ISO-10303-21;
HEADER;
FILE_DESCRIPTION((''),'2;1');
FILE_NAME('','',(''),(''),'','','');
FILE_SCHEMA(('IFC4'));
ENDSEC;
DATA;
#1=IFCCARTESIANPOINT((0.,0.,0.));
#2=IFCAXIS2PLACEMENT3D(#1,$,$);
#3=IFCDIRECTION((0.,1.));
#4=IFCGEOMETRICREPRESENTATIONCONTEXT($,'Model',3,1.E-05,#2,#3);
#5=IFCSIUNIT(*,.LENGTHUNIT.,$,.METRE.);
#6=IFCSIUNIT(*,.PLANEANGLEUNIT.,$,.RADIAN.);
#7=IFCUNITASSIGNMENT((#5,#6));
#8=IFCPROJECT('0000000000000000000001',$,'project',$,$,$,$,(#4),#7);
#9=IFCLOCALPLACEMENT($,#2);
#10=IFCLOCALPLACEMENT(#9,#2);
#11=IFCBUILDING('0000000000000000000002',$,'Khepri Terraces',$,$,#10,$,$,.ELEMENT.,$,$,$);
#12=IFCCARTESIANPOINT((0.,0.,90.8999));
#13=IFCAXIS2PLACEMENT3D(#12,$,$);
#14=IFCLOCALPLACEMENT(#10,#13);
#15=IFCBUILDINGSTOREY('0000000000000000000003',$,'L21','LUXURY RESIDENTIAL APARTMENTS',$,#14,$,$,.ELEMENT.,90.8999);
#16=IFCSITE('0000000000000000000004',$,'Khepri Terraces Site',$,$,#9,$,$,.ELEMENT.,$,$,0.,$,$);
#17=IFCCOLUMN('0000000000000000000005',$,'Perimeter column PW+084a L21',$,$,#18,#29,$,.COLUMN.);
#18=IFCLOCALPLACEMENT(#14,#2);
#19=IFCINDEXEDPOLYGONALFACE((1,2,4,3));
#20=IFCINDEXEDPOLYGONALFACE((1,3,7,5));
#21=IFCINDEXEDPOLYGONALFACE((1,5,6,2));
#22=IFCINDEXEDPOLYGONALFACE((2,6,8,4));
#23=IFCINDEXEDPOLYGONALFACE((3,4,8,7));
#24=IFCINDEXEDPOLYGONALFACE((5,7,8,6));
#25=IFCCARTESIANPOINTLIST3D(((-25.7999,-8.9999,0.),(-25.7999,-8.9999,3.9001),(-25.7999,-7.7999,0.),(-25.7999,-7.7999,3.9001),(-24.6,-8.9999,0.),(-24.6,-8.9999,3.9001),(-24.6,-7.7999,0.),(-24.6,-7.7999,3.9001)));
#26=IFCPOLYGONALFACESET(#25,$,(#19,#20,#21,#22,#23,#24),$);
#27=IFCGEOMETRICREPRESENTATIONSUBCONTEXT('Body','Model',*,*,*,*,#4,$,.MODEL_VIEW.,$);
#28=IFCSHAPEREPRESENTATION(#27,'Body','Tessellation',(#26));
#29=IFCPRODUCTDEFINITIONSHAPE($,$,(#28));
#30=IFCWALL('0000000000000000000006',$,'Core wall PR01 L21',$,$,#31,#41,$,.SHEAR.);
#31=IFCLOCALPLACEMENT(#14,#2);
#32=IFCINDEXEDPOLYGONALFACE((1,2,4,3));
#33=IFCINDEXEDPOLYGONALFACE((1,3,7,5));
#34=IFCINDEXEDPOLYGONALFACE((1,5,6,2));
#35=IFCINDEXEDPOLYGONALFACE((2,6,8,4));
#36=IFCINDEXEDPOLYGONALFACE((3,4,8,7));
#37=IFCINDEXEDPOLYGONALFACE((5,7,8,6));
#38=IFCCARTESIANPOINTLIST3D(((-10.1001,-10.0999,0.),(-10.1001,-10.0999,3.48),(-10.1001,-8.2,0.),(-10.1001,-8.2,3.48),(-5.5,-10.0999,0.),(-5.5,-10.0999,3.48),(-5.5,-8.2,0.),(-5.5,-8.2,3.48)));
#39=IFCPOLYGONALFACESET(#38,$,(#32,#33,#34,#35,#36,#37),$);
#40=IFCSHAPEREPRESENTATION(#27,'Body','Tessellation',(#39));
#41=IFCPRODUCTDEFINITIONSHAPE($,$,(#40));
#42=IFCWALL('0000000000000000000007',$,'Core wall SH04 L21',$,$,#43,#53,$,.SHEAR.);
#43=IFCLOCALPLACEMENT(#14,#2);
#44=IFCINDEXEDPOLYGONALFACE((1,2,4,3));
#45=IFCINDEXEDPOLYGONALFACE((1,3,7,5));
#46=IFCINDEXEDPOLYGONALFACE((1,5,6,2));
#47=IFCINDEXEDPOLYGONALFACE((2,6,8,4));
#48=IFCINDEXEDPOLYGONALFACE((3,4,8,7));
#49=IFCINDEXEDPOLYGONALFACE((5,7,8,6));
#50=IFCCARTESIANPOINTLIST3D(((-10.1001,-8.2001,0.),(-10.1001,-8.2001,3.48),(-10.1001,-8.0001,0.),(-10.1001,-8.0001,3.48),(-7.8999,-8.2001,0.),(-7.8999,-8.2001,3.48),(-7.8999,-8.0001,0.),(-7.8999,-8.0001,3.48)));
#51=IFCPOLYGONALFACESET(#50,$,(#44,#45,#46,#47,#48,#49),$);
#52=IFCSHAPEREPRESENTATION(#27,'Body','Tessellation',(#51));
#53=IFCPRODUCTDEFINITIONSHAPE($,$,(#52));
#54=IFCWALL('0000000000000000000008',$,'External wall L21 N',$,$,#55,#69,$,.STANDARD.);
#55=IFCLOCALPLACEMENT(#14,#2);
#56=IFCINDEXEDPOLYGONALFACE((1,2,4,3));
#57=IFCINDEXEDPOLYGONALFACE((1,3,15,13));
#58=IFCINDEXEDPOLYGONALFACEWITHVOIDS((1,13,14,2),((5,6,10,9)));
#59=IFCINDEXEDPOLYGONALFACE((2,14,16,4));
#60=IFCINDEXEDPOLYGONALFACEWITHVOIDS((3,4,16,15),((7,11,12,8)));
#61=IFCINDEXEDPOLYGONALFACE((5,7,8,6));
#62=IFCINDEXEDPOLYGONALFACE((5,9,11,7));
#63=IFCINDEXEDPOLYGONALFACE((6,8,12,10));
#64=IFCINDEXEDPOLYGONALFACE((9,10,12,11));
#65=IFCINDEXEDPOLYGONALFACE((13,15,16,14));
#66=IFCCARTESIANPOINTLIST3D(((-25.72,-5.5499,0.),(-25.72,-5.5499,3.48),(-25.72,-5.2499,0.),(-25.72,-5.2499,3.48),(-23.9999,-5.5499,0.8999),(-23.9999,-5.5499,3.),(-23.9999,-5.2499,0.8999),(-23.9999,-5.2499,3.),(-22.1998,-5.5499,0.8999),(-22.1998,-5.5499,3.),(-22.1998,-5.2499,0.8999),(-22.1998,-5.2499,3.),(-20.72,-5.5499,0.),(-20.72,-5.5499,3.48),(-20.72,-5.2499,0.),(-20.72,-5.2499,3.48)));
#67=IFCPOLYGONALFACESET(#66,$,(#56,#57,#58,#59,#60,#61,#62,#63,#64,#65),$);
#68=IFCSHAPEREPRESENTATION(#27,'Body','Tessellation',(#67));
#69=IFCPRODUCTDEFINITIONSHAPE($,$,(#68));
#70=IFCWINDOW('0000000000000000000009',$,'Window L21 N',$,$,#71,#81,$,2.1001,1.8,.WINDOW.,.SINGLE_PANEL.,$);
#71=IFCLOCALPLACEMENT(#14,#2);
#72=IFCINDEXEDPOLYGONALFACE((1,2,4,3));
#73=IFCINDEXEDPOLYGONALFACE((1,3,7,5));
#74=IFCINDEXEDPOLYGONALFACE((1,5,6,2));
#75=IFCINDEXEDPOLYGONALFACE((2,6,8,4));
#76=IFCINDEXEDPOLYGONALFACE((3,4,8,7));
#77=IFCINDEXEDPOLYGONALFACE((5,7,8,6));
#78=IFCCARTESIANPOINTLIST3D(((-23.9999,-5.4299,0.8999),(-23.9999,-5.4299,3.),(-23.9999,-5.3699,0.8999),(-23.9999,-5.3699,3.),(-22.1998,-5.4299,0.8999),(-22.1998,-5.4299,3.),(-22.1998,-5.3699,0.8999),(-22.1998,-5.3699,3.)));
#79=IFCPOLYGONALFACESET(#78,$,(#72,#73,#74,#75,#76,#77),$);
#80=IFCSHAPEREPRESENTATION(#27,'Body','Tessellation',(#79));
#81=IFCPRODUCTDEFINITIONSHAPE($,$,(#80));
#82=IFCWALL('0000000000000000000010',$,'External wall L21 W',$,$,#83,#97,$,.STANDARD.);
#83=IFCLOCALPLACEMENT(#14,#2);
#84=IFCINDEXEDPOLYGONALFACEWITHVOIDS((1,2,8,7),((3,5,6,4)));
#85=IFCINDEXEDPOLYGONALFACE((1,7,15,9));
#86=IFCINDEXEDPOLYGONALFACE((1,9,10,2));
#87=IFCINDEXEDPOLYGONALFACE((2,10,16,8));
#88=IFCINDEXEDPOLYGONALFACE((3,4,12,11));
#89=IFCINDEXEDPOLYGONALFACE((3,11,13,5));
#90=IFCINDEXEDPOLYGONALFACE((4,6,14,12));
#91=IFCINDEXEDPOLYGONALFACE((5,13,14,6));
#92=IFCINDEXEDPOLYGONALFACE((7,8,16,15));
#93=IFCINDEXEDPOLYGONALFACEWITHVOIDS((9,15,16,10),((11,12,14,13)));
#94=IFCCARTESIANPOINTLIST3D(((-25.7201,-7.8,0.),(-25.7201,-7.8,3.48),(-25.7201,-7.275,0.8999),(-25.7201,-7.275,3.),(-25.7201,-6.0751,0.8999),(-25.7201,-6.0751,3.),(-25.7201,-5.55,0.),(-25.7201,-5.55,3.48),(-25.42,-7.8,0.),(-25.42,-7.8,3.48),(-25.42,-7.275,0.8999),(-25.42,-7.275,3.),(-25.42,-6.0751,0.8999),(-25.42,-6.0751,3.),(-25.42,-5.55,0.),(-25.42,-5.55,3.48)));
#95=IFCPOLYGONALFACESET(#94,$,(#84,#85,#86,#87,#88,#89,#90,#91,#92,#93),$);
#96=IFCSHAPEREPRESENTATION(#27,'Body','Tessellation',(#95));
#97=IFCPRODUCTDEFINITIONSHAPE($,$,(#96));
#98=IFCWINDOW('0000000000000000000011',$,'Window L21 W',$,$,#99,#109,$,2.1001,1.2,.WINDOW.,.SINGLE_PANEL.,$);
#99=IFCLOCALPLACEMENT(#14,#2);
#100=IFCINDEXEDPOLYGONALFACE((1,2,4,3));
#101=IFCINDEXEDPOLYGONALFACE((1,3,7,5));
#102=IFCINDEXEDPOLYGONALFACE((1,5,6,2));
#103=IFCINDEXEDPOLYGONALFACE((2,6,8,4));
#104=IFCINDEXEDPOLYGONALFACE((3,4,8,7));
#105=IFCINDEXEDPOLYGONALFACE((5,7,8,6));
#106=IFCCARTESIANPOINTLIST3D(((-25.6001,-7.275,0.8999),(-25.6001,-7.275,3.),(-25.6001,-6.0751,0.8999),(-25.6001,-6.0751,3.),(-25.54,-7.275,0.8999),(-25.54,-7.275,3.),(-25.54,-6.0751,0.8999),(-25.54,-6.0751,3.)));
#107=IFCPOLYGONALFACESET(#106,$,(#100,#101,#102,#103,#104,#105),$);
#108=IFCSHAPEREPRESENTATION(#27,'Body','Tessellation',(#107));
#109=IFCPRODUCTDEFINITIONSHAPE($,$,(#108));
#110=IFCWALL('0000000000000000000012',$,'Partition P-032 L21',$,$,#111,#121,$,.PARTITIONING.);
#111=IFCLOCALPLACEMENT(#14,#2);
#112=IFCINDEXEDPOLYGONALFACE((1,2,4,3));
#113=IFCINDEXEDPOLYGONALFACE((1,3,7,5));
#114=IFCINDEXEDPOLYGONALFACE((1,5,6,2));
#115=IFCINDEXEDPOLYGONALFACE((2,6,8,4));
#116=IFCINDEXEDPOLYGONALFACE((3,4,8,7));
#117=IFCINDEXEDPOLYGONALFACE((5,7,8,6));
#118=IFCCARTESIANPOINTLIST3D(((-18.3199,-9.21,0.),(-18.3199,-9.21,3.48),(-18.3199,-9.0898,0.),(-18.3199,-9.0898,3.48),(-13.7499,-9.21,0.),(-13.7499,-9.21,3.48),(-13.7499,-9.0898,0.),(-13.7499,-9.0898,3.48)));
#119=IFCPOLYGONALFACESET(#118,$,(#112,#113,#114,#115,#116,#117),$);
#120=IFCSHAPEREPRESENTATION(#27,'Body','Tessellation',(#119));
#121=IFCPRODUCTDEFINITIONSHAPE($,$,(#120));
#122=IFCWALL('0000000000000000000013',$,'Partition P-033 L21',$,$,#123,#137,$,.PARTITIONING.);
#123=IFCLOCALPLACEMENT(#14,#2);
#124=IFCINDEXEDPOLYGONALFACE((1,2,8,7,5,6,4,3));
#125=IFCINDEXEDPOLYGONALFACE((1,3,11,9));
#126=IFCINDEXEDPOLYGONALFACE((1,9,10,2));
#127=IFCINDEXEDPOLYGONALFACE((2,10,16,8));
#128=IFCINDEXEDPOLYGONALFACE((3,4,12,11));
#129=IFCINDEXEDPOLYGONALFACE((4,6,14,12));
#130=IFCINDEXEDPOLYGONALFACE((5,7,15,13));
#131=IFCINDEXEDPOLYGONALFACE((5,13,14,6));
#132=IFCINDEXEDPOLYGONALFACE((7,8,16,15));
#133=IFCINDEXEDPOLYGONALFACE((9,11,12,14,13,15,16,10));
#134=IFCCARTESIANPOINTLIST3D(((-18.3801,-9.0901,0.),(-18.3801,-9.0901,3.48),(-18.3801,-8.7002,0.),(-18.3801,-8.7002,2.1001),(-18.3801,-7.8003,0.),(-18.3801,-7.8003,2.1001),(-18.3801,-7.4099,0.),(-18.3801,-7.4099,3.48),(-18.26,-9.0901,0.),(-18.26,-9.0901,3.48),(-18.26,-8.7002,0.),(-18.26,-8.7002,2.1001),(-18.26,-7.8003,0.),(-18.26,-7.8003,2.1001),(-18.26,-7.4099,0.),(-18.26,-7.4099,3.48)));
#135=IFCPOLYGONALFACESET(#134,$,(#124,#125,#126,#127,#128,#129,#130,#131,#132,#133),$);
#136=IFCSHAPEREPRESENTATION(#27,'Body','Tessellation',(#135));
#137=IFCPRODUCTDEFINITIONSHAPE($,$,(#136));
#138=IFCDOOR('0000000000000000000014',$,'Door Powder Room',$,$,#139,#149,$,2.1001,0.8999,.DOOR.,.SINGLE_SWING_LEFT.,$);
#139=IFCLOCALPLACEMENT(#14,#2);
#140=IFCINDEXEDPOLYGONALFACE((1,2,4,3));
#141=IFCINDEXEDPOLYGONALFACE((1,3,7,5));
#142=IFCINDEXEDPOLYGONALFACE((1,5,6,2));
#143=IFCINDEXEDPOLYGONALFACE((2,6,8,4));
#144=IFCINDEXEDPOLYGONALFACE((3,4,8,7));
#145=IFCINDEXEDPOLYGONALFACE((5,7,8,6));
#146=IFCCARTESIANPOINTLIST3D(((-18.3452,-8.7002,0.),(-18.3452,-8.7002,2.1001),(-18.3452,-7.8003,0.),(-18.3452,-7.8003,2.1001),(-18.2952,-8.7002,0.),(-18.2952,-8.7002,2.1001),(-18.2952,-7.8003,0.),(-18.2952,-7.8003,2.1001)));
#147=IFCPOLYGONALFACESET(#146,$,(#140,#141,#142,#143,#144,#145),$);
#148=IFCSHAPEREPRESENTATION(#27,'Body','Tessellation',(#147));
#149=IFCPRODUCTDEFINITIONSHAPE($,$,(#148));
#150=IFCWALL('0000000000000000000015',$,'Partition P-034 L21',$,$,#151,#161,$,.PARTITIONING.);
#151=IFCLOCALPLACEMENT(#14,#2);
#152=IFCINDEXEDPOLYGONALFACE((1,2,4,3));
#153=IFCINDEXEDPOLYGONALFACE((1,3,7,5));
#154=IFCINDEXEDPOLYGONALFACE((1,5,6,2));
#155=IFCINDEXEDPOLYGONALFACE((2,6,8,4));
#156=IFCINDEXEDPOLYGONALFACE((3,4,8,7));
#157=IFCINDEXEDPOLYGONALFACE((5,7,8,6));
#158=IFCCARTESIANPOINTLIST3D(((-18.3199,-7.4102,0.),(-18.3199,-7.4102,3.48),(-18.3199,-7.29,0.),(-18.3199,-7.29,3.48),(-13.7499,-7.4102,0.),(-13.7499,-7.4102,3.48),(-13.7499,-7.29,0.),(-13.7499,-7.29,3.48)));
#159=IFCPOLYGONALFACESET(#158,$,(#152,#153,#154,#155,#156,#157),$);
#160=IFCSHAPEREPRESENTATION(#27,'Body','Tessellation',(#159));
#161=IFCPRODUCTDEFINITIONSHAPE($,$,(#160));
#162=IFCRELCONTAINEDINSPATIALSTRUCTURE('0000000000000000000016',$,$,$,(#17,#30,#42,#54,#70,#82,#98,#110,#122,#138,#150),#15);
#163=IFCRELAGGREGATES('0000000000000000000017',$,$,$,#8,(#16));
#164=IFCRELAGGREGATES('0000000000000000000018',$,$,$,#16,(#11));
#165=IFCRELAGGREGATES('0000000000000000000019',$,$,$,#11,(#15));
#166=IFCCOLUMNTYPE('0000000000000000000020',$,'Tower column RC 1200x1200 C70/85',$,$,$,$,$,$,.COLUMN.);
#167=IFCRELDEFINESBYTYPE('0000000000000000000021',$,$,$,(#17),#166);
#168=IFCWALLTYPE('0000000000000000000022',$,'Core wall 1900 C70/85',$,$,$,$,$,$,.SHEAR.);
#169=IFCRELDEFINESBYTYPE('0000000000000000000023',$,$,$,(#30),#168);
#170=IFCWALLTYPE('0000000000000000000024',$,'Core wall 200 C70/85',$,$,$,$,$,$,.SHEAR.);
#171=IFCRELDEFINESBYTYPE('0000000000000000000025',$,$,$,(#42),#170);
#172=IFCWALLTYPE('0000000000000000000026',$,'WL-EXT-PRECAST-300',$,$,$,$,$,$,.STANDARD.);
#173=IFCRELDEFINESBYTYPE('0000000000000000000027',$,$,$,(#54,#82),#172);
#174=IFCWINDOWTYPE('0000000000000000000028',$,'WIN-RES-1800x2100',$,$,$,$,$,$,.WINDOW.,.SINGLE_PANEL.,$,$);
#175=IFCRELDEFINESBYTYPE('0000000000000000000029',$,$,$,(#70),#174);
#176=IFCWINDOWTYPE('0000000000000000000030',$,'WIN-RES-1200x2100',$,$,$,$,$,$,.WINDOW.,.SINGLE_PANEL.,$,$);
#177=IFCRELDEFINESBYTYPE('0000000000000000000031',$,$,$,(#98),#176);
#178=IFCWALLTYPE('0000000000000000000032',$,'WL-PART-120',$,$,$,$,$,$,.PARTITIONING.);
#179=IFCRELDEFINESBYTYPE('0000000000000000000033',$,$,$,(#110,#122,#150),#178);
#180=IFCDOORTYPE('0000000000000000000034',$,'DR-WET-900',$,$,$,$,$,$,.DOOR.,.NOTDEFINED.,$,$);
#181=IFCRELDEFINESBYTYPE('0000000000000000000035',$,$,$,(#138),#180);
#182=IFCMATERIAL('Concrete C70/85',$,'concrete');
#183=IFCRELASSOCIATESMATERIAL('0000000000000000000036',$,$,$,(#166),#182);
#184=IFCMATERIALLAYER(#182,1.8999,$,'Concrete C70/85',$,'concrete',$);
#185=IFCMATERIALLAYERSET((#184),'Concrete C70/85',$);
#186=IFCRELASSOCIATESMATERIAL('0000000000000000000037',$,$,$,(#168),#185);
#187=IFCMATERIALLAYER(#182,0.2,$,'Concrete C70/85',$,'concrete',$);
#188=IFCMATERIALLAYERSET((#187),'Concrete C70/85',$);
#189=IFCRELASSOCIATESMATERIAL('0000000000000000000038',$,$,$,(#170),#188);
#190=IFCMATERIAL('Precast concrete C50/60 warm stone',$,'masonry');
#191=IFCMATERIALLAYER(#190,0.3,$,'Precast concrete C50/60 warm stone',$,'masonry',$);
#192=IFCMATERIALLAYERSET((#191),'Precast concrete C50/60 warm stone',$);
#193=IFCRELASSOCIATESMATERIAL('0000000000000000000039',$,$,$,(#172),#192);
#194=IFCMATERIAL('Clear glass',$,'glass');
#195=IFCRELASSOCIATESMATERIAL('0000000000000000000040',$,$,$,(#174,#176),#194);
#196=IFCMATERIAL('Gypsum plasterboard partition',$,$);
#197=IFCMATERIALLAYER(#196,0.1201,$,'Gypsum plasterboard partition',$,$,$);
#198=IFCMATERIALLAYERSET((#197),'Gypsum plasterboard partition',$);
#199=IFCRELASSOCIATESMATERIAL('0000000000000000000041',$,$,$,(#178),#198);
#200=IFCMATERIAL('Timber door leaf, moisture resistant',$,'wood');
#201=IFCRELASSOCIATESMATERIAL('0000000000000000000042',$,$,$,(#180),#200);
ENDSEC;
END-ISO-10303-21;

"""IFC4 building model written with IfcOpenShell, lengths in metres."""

from ifc_helpers import new_model, si_unit, direction, frame, frame_2d, origin, origin_2d, place, context, subcontext, project, spatial, rectangle, extrude, material, layer, layer_set, material_profile, profile_set, type_object, element, fill, save


model = new_model("IFC4")

# Units and contexts
model_context = context("Model", 3, precision=1e-05, world=origin(), true_north=direction((0.0, 1.0)))
body_context = subcontext(model_context, "Body", "Model", "MODEL_VIEW")
ifc_project = project(units=[si_unit("LENGTHUNIT", "METRE"), si_unit("PLANEANGLEUNIT", "RADIAN")], contexts=[model_context])

# Site, building, storey
site_placement = place(None, origin())
site = spatial("IfcSite", under=ifc_project, at=site_placement, Name="Khepri Terraces Site", CompositionType="ELEMENT", RefElevation=0.0)
building_placement = place(site_placement, origin())
building = spatial("IfcBuilding", under=site, at=building_placement, Name="Khepri Terraces", CompositionType="ELEMENT")
storey_placement = place(building_placement, frame((0.0, 0.0, 90.8999)))
storey = spatial("IfcBuildingStorey", under=building, at=storey_placement, Name="L21", Description="LUXURY RESIDENTIAL APARTMENTS", CompositionType="ELEMENT", Elevation=90.8999)

# Column
ifc_material_1 = material(Name="Concrete C70/85", Category="concrete")
ifc_material_profile = material_profile(ifc_material_1, rectangle(XDim=1.2, YDim=1.2, at=origin_2d()), Name="Concrete C70/85", Category="concrete")
ifc_profile_set = profile_set([ifc_material_profile], Name="Concrete C70/85")
column_type = type_object("IfcColumnType", Name="Tower column RC 1200x1200 C70/85", PredefinedType="COLUMN", material=ifc_profile_set)
column_placement = place(storey_placement, frame((-25.2, -8.3999, 0.0), z_axis=(0.0, 0.0, 1.0), x_axis=(1.0, 0.0, 0.0)))
element("IfcColumn", 1, at=column_placement, inside=storey, type_object=column_type, Name="Perimeter column PW+084a L21", PredefinedType="COLUMN", context=body_context, shape_type="SweptSolid", body=[
    extrude(rectangle(XDim=1.2, YDim=1.2, at=origin_2d()), origin(), (0.0, 0.0, 1.0), 3.9001),
])

# Walls
ifc_layer_1 = layer(ifc_material_1, 1.8999, Name="Concrete C70/85", Category="concrete")
ifc_layer_set_1 = layer_set([ifc_layer_1], Name="Concrete C70/85")
wall_type_1 = type_object("IfcWallType", Name="Core wall 1900 C70/85", PredefinedType="SHEAR", material=ifc_layer_set_1)
wall_1_placement = place(storey_placement, frame((-10.1001, -9.1499, 0.0), z_axis=(0.0, 0.0, 1.0), x_axis=(1.0, 0.0, 0.0)))
element("IfcWall", 2, at=wall_1_placement, inside=storey, type_object=wall_type_1, Name="Core wall PR01 L21", PredefinedType="SHEAR", context=body_context, shape_type="SweptSolid", body=[
    extrude(rectangle(XDim=4.6001, YDim=1.8999, at=frame_2d((2.3, 0.0))), origin(), (0.0, 0.0, 1.0), 3.48),
])
ifc_layer_2 = layer(ifc_material_1, 0.2, Name="Concrete C70/85", Category="concrete")
ifc_layer_set_2 = layer_set([ifc_layer_2], Name="Concrete C70/85")
wall_type_2 = type_object("IfcWallType", Name="Core wall 200 C70/85", PredefinedType="SHEAR", material=ifc_layer_set_2)
wall_2_placement = place(storey_placement, frame((-10.1001, -8.1001, 0.0), z_axis=(0.0, 0.0, 1.0), x_axis=(1.0, 0.0, 0.0)))
element("IfcWall", 3, at=wall_2_placement, inside=storey, type_object=wall_type_2, Name="Core wall SH04 L21", PredefinedType="SHEAR", context=body_context, shape_type="SweptSolid", body=[
    extrude(rectangle(XDim=2.2002, YDim=0.2, at=frame_2d((1.1001, 0.0))), origin(), (0.0, 0.0, 1.0), 3.48),
])

# Walls, openings, windows
ifc_material_2 = material(Name="Precast concrete C50/60 warm stone", Category="masonry")
ifc_layer_3 = layer(ifc_material_2, 0.3, Name="Precast concrete C50/60 warm stone", Category="masonry")
ifc_layer_set_3 = layer_set([ifc_layer_3], Name="Precast concrete C50/60 warm stone")
wall_type_3 = type_object("IfcWallType", Name="WL-EXT-PRECAST-300", PredefinedType="STANDARD", material=ifc_layer_set_3)
wall_3_placement = place(storey_placement, frame((-20.72, -5.3999, 0.0), z_axis=(0.0, 0.0, 1.0), x_axis=(-1.0, 0.0, 0.0)))
wall_3 = element("IfcWall", 4, at=wall_3_placement, inside=storey, type_object=wall_type_3, Name="External wall L21 N", PredefinedType="STANDARD", context=body_context, shape_type="SweptSolid", body=[
    extrude(rectangle(XDim=5.0, YDim=0.3, at=frame_2d((2.5, 0.0))), origin(), (0.0, 0.0, 1.0), 3.48),
])
opening_1_placement = place(wall_3_placement, frame((1.48, 0.0, 0.8999)))
opening_1 = element("IfcOpeningElement", 5, at=opening_1_placement, cuts=wall_3, PredefinedType="OPENING", context=body_context, shape_type="SweptSolid", body=[
    extrude(rectangle(XDim=1.8, YDim=2.1001, at=frame_2d((0.8999, 1.05))), frame((0.0, 0.1602, 0.0), z_axis=(0.0, -1.0, 0.0), x_axis=(1.0, 0.0, 0.0)), (0.0, 0.0, 1.0), 0.3201),
])
ifc_material_3 = material(Name="Clear glass", Category="glass")
window_type_1 = type_object("IfcWindowType", Name="WIN-RES-1800x2100", PartitioningType="SINGLE_PANEL", PredefinedType="WINDOW", material=ifc_material_3)
window_1_placement = place(opening_1_placement, origin())
window_1 = element("IfcWindow", 6, at=window_1_placement, inside=storey, type_object=window_type_1, Name="Window L21 N", OverallHeight=2.1001, OverallWidth=1.8, PartitioningType="SINGLE_PANEL", PredefinedType="WINDOW", context=body_context, shape_type="SweptSolid", body=[
    extrude(rectangle(XDim=1.8, YDim=2.1001, at=frame_2d((0.8999, 1.05))), frame((0.0, 0.03, 0.0), z_axis=(0.0, -1.0, 0.0), x_axis=(1.0, 0.0, 0.0)), (0.0, 0.0, 1.0), 0.0601),
])
fill(opening_1, window_1)
wall_4_placement = place(storey_placement, frame((-25.5701, -5.55, 0.0), z_axis=(0.0, 0.0, 1.0), x_axis=(0.0, -1.0, 0.0)))
wall_4 = element("IfcWall", 7, at=wall_4_placement, inside=storey, type_object=wall_type_3, Name="External wall L21 W", PredefinedType="STANDARD", context=body_context, shape_type="SweptSolid", body=[
    extrude(rectangle(XDim=2.25, YDim=0.3, at=frame_2d((1.125, 0.0))), origin(), (0.0, 0.0, 1.0), 3.48),
])
opening_2_placement = place(wall_4_placement, frame((0.5249, 0.0, 0.8999)))
opening_2 = element("IfcOpeningElement", 8, at=opening_2_placement, cuts=wall_4, PredefinedType="OPENING", context=body_context, shape_type="SweptSolid", body=[
    extrude(rectangle(XDim=1.2, YDim=2.1001, at=frame_2d((0.6001, 1.05))), frame((0.0, 0.1602, 0.0), z_axis=(0.0, -1.0, 0.0), x_axis=(1.0, 0.0, 0.0)), (0.0, 0.0, 1.0), 0.3201),
])
window_type_2 = type_object("IfcWindowType", Name="WIN-RES-1200x2100", PartitioningType="SINGLE_PANEL", PredefinedType="WINDOW", material=ifc_material_3)
window_2_placement = place(opening_2_placement, origin())
window_2 = element("IfcWindow", 9, at=window_2_placement, inside=storey, type_object=window_type_2, Name="Window L21 W", OverallHeight=2.1001, OverallWidth=1.2, PartitioningType="SINGLE_PANEL", PredefinedType="WINDOW", context=body_context, shape_type="SweptSolid", body=[
    extrude(rectangle(XDim=1.2, YDim=2.1001, at=frame_2d((0.6001, 1.05))), frame((0.0, 0.03, 0.0), z_axis=(0.0, -1.0, 0.0), x_axis=(1.0, 0.0, 0.0)), (0.0, 0.0, 1.0), 0.0601),
])
fill(opening_2, window_2)

# Wall
ifc_material_4 = material(Name="Gypsum plasterboard partition")
ifc_layer_4 = layer(ifc_material_4, 0.1201, Name="Gypsum plasterboard partition")
ifc_layer_set_4 = layer_set([ifc_layer_4], Name="Gypsum plasterboard partition")
wall_type_4 = type_object("IfcWallType", Name="WL-PART-120", PredefinedType="PARTITIONING", material=ifc_layer_set_4)
wall_5_placement = place(storey_placement, frame((-18.3201, -9.1499, 0.0), z_axis=(0.0, 0.0, 1.0), x_axis=(1.0, 0.0, 0.0)))
element("IfcWall", 10, at=wall_5_placement, inside=storey, type_object=wall_type_4, Name="Partition P-032 L21", PredefinedType="PARTITIONING", context=body_context, shape_type="SweptSolid", body=[
    extrude(rectangle(XDim=4.5701, YDim=0.1201, at=frame_2d((2.2852, 0.0))), origin(), (0.0, 0.0, 1.0), 3.48),
])

# Wall, opening, door
wall_6_placement = place(storey_placement, frame((-18.3201, -9.0901, 0.0), z_axis=(0.0, 0.0, 1.0), x_axis=(0.0, 1.0, 0.0)))
wall_6 = element("IfcWall", 11, at=wall_6_placement, inside=storey, type_object=wall_type_4, Name="Partition P-033 L21", PredefinedType="PARTITIONING", context=body_context, shape_type="SweptSolid", body=[
    extrude(rectangle(XDim=1.6802, YDim=0.1201, at=frame_2d((0.8401, 0.0))), origin(), (0.0, 0.0, 1.0), 3.48),
])
opening_3_placement = place(wall_6_placement, frame((0.3899, 0.0, 0.0)))
opening_3 = element("IfcOpeningElement", 12, at=opening_3_placement, cuts=wall_6, PredefinedType="OPENING", context=body_context, shape_type="SweptSolid", body=[
    extrude(rectangle(XDim=0.8999, YDim=2.1001, at=frame_2d((0.45, 1.05))), frame((0.0, 0.0701, 0.0), z_axis=(0.0, -1.0, 0.0), x_axis=(1.0, 0.0, 0.0)), (0.0, 0.0, 1.0), 0.1401),
])
ifc_material_5 = material(Name="Timber door leaf, moisture resistant", Category="wood")
door_type_1 = type_object("IfcDoorType", Name="DR-WET-900", OperationType="NOTDEFINED", PredefinedType="DOOR", material=ifc_material_5)
door_1_placement = place(opening_3_placement, frame((0.8999, 0.0, 0.0), z_axis=(0.0, 0.0, 1.0), x_axis=(-1.0, 0.0, 0.0)))
door_1 = element("IfcDoor", 13, at=door_1_placement, inside=storey, type_object=door_type_1, Name="Door Powder Room", OperationType="SINGLE_SWING_LEFT", OverallHeight=2.1001, OverallWidth=0.8999, PredefinedType="DOOR", context=body_context, shape_type="SweptSolid", body=[
    extrude(rectangle(XDim=0.8999, YDim=2.1001, at=frame_2d((0.45, 1.05))), frame((0.0, 0.0249, 0.0), z_axis=(0.0, -1.0, 0.0), x_axis=(1.0, 0.0, 0.0)), (0.0, 0.0, 1.0), 0.05),
])
fill(opening_3, door_1)

# Wall
wall_7_placement = place(storey_placement, frame((-18.3201, -7.3501, 0.0), z_axis=(0.0, 0.0, 1.0), x_axis=(1.0, 0.0, 0.0)))
element("IfcWall", 14, at=wall_7_placement, inside=storey, type_object=wall_type_4, Name="Partition P-034 L21", PredefinedType="PARTITIONING", context=body_context, shape_type="SweptSolid", body=[
    extrude(rectangle(XDim=4.5701, YDim=0.1201, at=frame_2d((2.2852, 0.0))), origin(), (0.0, 0.0, 1.0), 3.48),
])

save(model, "model.ifc")
